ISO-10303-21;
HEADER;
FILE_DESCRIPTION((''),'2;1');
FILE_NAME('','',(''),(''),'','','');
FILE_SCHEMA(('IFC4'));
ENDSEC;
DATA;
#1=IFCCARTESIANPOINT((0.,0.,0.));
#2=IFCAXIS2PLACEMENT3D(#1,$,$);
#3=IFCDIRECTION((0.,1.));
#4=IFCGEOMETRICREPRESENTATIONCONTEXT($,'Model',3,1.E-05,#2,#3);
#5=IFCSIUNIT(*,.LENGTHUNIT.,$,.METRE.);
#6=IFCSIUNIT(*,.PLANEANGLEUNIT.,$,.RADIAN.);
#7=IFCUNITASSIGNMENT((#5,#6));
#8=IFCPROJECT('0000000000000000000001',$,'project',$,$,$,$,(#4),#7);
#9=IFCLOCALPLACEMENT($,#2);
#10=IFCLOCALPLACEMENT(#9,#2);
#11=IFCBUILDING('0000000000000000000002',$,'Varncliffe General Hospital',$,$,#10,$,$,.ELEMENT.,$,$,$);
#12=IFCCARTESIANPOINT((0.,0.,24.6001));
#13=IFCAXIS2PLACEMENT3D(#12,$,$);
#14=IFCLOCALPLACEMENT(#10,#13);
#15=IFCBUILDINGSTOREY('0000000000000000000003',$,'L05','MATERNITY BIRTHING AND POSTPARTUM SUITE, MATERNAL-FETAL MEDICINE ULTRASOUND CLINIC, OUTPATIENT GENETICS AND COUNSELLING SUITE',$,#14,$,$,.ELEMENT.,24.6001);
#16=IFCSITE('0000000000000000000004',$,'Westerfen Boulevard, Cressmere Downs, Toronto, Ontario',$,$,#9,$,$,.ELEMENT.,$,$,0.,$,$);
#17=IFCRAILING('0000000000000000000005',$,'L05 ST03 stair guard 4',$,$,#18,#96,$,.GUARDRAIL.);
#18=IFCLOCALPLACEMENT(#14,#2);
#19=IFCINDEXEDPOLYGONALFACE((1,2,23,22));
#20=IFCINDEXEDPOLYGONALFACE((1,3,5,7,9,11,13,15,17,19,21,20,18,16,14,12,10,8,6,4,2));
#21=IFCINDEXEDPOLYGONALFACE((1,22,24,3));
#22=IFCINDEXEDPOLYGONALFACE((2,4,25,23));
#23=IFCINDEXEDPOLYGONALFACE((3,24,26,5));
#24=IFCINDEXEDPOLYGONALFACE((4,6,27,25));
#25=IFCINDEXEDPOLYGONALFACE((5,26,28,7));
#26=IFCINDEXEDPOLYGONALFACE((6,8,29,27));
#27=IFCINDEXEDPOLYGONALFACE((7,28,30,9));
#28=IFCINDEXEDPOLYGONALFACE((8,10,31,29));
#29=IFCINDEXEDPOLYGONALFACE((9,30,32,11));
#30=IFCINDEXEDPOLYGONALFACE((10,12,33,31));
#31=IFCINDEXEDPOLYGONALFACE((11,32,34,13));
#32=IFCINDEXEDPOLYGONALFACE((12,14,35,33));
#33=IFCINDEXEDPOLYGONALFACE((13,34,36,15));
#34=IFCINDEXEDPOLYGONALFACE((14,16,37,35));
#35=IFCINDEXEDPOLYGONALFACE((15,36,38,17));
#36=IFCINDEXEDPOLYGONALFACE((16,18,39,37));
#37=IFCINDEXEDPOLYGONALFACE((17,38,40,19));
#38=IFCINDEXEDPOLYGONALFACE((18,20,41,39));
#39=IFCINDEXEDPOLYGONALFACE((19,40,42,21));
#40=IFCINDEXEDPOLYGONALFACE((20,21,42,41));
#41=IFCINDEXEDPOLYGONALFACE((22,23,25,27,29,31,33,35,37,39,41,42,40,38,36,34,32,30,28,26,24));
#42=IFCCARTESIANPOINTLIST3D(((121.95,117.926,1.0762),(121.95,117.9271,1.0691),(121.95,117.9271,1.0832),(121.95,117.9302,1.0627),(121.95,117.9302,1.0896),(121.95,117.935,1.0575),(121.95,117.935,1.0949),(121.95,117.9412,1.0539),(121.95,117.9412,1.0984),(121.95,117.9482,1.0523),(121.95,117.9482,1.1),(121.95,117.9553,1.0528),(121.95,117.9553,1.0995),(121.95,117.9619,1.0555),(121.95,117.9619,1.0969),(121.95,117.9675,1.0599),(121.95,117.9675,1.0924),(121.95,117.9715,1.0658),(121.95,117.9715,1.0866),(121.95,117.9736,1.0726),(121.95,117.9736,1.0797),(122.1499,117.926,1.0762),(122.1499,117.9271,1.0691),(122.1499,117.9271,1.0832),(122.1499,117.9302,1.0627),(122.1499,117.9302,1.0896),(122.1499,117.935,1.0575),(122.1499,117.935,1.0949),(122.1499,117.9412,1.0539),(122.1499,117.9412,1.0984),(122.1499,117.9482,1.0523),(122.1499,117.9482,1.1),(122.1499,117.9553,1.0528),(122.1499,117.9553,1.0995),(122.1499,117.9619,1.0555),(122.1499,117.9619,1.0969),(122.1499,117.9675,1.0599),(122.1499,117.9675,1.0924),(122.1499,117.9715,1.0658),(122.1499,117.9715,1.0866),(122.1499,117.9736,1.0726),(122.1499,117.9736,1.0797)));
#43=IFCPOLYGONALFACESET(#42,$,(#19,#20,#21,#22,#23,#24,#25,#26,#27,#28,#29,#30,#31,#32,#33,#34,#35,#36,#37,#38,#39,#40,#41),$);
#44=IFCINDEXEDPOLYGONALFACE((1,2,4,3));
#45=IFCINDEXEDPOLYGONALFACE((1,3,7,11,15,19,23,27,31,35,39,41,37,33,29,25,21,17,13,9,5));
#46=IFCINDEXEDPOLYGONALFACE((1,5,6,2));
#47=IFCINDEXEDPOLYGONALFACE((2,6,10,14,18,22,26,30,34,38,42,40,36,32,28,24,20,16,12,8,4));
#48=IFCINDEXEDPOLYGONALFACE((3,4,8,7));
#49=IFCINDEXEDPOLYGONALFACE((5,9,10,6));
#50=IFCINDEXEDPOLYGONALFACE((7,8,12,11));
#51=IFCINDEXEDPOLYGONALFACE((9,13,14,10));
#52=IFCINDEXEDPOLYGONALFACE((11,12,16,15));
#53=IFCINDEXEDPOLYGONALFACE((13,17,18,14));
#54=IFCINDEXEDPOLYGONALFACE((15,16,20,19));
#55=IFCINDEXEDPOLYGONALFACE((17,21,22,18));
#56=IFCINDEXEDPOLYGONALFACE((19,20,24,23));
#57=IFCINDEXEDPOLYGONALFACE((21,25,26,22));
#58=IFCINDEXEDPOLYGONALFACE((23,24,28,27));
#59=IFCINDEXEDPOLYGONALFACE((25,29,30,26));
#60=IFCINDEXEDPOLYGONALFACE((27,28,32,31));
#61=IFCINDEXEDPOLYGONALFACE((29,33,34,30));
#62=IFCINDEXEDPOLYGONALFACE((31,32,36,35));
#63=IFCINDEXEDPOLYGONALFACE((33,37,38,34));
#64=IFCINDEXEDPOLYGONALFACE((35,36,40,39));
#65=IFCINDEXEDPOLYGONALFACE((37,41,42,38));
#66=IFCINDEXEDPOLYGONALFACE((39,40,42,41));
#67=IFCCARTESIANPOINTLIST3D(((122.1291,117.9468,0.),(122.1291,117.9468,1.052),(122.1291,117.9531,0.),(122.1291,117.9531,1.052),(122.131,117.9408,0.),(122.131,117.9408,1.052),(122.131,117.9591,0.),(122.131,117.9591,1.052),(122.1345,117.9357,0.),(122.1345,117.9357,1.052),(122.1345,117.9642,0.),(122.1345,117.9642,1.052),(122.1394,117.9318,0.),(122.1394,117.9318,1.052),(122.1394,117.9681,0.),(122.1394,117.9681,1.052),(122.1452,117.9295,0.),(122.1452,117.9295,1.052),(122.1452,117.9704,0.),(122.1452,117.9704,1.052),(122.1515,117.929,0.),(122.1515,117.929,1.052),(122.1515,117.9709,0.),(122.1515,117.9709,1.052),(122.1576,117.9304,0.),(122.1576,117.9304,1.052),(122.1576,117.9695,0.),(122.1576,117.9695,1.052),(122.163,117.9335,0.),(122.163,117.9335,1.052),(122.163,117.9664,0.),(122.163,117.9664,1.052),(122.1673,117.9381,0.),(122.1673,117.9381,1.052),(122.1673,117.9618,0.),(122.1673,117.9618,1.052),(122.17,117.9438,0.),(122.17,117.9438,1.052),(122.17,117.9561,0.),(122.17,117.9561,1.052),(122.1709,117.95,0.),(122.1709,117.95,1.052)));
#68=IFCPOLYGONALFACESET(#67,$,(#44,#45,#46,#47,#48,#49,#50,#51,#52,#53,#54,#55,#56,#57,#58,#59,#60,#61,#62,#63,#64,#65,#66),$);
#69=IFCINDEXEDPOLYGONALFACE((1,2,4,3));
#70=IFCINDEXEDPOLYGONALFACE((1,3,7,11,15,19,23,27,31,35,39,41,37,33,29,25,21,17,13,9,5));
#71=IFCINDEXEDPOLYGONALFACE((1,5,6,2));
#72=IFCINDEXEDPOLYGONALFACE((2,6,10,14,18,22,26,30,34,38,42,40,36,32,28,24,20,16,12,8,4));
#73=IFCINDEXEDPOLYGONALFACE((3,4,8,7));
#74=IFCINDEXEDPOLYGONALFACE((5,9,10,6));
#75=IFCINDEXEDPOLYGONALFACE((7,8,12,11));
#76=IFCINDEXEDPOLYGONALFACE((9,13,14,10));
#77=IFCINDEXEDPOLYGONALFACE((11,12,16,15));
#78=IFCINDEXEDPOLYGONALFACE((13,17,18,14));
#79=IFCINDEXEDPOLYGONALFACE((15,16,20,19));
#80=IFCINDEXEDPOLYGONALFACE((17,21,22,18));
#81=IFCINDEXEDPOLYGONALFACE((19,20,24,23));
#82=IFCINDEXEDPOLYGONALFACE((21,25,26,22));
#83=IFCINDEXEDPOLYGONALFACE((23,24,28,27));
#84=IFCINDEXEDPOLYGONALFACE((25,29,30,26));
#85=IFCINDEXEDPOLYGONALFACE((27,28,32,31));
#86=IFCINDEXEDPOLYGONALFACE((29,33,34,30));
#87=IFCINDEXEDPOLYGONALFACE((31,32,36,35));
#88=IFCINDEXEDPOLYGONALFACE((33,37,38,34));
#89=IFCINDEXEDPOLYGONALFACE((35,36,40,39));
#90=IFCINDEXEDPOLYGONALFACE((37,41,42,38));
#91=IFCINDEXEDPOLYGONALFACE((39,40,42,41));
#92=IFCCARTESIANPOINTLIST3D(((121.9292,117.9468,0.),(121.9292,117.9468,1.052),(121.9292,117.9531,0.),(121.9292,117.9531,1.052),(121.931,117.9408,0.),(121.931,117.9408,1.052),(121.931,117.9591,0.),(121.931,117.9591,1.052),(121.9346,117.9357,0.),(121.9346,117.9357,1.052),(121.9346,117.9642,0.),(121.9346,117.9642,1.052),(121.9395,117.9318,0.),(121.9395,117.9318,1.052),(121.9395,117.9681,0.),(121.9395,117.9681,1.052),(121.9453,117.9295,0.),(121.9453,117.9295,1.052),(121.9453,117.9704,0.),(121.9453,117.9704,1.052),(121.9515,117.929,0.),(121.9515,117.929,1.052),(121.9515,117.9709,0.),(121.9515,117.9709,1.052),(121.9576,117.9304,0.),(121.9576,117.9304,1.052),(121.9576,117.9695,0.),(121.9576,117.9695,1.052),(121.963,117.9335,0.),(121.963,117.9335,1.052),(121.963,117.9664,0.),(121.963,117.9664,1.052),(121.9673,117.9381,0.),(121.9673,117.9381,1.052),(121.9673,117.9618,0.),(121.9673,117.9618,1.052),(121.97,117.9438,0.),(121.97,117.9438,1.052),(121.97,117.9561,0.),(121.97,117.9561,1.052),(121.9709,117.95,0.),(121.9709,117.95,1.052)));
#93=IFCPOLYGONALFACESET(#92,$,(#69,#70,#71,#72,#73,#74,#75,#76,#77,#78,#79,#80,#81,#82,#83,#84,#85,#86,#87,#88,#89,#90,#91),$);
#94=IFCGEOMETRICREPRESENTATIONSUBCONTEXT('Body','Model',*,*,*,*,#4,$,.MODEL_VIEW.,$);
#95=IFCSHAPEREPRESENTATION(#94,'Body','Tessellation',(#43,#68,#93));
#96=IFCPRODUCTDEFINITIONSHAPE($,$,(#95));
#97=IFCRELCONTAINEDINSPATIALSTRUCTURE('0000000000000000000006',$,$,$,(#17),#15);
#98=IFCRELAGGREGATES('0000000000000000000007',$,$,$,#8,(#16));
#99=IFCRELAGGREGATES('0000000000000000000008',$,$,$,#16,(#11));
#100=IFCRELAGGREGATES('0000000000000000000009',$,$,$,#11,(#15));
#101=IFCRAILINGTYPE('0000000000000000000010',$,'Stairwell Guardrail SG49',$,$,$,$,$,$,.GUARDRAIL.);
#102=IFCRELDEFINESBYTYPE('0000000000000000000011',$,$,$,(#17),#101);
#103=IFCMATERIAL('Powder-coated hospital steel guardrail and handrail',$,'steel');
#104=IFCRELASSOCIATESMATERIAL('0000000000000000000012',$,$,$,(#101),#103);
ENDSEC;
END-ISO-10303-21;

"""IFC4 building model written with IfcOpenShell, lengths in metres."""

from ifc_helpers import new_model, si_unit, direction, frame, origin, origin_2d, place, context, subcontext, project, spatial, circle, extrude, material, type_object, element, save


model = new_model("IFC4")

# Units and contexts
model_context = context("Model", 3, precision=1e-05, world=origin(), true_north=direction((0.0, 1.0)))
body_context = subcontext(model_context, "Body", "Model", "MODEL_VIEW")
ifc_project = project(units=[si_unit("LENGTHUNIT", "METRE"), si_unit("PLANEANGLEUNIT", "RADIAN")], contexts=[model_context])

# Site, building, storey
site_placement = place(None, origin())
site = spatial("IfcSite", under=ifc_project, at=site_placement, Name="Westerfen Boulevard, Cressmere Downs, Toronto, Ontario", CompositionType="ELEMENT", RefElevation=0.0)
building_placement = place(site_placement, origin())
building = spatial("IfcBuilding", under=site, at=building_placement, Name="Varncliffe General Hospital", CompositionType="ELEMENT")
storey_placement = place(building_placement, frame((0.0, 0.0, 24.6001)))
storey = spatial("IfcBuildingStorey", under=building, at=storey_placement, Name="L05", Description="MATERNITY BIRTHING AND POSTPARTUM SUITE, MATERNAL-FETAL MEDICINE ULTRASOUND CLINIC, OUTPATIENT GENETICS AND COUNSELLING SUITE", CompositionType="ELEMENT", Elevation=24.6001)

# Railing
ifc_material_1 = material(Name="Powder-coated hospital steel guardrail and handrail", Category="steel")
railing_type_1 = type_object("IfcRailingType", Name="Stairwell Guardrail SG49", PredefinedType="GUARDRAIL", material=ifc_material_1)
railing_1_placement = place(storey_placement, frame((122.1499, 117.95, 0.0)))
element("IfcRailing", 1, at=railing_1_placement, inside=storey, type_object=railing_type_1, Name="L05 ST03 stair guard 4", PredefinedType="GUARDRAIL", context=body_context, shape_type="SweptSolid", body=[
    extrude(circle(Radius=0.0239, at=origin_2d()), frame((0.0, 0.0, 1.0762), z_axis=(-1.0, 0.0, 0.0), x_axis=(0.0, -1.0, 0.0)), (0.0, 0.0, 1.0), 0.2),
    extrude(circle(Radius=0.021, at=origin_2d()), origin(), (0.0, 0.0, 1.0), 1.052),
    extrude(circle(Radius=0.021, at=origin_2d()), frame((-0.2, 0.0, 0.0)), (0.0, 0.0, 1.0), 1.052),
])

save(model, "model.ifc")
